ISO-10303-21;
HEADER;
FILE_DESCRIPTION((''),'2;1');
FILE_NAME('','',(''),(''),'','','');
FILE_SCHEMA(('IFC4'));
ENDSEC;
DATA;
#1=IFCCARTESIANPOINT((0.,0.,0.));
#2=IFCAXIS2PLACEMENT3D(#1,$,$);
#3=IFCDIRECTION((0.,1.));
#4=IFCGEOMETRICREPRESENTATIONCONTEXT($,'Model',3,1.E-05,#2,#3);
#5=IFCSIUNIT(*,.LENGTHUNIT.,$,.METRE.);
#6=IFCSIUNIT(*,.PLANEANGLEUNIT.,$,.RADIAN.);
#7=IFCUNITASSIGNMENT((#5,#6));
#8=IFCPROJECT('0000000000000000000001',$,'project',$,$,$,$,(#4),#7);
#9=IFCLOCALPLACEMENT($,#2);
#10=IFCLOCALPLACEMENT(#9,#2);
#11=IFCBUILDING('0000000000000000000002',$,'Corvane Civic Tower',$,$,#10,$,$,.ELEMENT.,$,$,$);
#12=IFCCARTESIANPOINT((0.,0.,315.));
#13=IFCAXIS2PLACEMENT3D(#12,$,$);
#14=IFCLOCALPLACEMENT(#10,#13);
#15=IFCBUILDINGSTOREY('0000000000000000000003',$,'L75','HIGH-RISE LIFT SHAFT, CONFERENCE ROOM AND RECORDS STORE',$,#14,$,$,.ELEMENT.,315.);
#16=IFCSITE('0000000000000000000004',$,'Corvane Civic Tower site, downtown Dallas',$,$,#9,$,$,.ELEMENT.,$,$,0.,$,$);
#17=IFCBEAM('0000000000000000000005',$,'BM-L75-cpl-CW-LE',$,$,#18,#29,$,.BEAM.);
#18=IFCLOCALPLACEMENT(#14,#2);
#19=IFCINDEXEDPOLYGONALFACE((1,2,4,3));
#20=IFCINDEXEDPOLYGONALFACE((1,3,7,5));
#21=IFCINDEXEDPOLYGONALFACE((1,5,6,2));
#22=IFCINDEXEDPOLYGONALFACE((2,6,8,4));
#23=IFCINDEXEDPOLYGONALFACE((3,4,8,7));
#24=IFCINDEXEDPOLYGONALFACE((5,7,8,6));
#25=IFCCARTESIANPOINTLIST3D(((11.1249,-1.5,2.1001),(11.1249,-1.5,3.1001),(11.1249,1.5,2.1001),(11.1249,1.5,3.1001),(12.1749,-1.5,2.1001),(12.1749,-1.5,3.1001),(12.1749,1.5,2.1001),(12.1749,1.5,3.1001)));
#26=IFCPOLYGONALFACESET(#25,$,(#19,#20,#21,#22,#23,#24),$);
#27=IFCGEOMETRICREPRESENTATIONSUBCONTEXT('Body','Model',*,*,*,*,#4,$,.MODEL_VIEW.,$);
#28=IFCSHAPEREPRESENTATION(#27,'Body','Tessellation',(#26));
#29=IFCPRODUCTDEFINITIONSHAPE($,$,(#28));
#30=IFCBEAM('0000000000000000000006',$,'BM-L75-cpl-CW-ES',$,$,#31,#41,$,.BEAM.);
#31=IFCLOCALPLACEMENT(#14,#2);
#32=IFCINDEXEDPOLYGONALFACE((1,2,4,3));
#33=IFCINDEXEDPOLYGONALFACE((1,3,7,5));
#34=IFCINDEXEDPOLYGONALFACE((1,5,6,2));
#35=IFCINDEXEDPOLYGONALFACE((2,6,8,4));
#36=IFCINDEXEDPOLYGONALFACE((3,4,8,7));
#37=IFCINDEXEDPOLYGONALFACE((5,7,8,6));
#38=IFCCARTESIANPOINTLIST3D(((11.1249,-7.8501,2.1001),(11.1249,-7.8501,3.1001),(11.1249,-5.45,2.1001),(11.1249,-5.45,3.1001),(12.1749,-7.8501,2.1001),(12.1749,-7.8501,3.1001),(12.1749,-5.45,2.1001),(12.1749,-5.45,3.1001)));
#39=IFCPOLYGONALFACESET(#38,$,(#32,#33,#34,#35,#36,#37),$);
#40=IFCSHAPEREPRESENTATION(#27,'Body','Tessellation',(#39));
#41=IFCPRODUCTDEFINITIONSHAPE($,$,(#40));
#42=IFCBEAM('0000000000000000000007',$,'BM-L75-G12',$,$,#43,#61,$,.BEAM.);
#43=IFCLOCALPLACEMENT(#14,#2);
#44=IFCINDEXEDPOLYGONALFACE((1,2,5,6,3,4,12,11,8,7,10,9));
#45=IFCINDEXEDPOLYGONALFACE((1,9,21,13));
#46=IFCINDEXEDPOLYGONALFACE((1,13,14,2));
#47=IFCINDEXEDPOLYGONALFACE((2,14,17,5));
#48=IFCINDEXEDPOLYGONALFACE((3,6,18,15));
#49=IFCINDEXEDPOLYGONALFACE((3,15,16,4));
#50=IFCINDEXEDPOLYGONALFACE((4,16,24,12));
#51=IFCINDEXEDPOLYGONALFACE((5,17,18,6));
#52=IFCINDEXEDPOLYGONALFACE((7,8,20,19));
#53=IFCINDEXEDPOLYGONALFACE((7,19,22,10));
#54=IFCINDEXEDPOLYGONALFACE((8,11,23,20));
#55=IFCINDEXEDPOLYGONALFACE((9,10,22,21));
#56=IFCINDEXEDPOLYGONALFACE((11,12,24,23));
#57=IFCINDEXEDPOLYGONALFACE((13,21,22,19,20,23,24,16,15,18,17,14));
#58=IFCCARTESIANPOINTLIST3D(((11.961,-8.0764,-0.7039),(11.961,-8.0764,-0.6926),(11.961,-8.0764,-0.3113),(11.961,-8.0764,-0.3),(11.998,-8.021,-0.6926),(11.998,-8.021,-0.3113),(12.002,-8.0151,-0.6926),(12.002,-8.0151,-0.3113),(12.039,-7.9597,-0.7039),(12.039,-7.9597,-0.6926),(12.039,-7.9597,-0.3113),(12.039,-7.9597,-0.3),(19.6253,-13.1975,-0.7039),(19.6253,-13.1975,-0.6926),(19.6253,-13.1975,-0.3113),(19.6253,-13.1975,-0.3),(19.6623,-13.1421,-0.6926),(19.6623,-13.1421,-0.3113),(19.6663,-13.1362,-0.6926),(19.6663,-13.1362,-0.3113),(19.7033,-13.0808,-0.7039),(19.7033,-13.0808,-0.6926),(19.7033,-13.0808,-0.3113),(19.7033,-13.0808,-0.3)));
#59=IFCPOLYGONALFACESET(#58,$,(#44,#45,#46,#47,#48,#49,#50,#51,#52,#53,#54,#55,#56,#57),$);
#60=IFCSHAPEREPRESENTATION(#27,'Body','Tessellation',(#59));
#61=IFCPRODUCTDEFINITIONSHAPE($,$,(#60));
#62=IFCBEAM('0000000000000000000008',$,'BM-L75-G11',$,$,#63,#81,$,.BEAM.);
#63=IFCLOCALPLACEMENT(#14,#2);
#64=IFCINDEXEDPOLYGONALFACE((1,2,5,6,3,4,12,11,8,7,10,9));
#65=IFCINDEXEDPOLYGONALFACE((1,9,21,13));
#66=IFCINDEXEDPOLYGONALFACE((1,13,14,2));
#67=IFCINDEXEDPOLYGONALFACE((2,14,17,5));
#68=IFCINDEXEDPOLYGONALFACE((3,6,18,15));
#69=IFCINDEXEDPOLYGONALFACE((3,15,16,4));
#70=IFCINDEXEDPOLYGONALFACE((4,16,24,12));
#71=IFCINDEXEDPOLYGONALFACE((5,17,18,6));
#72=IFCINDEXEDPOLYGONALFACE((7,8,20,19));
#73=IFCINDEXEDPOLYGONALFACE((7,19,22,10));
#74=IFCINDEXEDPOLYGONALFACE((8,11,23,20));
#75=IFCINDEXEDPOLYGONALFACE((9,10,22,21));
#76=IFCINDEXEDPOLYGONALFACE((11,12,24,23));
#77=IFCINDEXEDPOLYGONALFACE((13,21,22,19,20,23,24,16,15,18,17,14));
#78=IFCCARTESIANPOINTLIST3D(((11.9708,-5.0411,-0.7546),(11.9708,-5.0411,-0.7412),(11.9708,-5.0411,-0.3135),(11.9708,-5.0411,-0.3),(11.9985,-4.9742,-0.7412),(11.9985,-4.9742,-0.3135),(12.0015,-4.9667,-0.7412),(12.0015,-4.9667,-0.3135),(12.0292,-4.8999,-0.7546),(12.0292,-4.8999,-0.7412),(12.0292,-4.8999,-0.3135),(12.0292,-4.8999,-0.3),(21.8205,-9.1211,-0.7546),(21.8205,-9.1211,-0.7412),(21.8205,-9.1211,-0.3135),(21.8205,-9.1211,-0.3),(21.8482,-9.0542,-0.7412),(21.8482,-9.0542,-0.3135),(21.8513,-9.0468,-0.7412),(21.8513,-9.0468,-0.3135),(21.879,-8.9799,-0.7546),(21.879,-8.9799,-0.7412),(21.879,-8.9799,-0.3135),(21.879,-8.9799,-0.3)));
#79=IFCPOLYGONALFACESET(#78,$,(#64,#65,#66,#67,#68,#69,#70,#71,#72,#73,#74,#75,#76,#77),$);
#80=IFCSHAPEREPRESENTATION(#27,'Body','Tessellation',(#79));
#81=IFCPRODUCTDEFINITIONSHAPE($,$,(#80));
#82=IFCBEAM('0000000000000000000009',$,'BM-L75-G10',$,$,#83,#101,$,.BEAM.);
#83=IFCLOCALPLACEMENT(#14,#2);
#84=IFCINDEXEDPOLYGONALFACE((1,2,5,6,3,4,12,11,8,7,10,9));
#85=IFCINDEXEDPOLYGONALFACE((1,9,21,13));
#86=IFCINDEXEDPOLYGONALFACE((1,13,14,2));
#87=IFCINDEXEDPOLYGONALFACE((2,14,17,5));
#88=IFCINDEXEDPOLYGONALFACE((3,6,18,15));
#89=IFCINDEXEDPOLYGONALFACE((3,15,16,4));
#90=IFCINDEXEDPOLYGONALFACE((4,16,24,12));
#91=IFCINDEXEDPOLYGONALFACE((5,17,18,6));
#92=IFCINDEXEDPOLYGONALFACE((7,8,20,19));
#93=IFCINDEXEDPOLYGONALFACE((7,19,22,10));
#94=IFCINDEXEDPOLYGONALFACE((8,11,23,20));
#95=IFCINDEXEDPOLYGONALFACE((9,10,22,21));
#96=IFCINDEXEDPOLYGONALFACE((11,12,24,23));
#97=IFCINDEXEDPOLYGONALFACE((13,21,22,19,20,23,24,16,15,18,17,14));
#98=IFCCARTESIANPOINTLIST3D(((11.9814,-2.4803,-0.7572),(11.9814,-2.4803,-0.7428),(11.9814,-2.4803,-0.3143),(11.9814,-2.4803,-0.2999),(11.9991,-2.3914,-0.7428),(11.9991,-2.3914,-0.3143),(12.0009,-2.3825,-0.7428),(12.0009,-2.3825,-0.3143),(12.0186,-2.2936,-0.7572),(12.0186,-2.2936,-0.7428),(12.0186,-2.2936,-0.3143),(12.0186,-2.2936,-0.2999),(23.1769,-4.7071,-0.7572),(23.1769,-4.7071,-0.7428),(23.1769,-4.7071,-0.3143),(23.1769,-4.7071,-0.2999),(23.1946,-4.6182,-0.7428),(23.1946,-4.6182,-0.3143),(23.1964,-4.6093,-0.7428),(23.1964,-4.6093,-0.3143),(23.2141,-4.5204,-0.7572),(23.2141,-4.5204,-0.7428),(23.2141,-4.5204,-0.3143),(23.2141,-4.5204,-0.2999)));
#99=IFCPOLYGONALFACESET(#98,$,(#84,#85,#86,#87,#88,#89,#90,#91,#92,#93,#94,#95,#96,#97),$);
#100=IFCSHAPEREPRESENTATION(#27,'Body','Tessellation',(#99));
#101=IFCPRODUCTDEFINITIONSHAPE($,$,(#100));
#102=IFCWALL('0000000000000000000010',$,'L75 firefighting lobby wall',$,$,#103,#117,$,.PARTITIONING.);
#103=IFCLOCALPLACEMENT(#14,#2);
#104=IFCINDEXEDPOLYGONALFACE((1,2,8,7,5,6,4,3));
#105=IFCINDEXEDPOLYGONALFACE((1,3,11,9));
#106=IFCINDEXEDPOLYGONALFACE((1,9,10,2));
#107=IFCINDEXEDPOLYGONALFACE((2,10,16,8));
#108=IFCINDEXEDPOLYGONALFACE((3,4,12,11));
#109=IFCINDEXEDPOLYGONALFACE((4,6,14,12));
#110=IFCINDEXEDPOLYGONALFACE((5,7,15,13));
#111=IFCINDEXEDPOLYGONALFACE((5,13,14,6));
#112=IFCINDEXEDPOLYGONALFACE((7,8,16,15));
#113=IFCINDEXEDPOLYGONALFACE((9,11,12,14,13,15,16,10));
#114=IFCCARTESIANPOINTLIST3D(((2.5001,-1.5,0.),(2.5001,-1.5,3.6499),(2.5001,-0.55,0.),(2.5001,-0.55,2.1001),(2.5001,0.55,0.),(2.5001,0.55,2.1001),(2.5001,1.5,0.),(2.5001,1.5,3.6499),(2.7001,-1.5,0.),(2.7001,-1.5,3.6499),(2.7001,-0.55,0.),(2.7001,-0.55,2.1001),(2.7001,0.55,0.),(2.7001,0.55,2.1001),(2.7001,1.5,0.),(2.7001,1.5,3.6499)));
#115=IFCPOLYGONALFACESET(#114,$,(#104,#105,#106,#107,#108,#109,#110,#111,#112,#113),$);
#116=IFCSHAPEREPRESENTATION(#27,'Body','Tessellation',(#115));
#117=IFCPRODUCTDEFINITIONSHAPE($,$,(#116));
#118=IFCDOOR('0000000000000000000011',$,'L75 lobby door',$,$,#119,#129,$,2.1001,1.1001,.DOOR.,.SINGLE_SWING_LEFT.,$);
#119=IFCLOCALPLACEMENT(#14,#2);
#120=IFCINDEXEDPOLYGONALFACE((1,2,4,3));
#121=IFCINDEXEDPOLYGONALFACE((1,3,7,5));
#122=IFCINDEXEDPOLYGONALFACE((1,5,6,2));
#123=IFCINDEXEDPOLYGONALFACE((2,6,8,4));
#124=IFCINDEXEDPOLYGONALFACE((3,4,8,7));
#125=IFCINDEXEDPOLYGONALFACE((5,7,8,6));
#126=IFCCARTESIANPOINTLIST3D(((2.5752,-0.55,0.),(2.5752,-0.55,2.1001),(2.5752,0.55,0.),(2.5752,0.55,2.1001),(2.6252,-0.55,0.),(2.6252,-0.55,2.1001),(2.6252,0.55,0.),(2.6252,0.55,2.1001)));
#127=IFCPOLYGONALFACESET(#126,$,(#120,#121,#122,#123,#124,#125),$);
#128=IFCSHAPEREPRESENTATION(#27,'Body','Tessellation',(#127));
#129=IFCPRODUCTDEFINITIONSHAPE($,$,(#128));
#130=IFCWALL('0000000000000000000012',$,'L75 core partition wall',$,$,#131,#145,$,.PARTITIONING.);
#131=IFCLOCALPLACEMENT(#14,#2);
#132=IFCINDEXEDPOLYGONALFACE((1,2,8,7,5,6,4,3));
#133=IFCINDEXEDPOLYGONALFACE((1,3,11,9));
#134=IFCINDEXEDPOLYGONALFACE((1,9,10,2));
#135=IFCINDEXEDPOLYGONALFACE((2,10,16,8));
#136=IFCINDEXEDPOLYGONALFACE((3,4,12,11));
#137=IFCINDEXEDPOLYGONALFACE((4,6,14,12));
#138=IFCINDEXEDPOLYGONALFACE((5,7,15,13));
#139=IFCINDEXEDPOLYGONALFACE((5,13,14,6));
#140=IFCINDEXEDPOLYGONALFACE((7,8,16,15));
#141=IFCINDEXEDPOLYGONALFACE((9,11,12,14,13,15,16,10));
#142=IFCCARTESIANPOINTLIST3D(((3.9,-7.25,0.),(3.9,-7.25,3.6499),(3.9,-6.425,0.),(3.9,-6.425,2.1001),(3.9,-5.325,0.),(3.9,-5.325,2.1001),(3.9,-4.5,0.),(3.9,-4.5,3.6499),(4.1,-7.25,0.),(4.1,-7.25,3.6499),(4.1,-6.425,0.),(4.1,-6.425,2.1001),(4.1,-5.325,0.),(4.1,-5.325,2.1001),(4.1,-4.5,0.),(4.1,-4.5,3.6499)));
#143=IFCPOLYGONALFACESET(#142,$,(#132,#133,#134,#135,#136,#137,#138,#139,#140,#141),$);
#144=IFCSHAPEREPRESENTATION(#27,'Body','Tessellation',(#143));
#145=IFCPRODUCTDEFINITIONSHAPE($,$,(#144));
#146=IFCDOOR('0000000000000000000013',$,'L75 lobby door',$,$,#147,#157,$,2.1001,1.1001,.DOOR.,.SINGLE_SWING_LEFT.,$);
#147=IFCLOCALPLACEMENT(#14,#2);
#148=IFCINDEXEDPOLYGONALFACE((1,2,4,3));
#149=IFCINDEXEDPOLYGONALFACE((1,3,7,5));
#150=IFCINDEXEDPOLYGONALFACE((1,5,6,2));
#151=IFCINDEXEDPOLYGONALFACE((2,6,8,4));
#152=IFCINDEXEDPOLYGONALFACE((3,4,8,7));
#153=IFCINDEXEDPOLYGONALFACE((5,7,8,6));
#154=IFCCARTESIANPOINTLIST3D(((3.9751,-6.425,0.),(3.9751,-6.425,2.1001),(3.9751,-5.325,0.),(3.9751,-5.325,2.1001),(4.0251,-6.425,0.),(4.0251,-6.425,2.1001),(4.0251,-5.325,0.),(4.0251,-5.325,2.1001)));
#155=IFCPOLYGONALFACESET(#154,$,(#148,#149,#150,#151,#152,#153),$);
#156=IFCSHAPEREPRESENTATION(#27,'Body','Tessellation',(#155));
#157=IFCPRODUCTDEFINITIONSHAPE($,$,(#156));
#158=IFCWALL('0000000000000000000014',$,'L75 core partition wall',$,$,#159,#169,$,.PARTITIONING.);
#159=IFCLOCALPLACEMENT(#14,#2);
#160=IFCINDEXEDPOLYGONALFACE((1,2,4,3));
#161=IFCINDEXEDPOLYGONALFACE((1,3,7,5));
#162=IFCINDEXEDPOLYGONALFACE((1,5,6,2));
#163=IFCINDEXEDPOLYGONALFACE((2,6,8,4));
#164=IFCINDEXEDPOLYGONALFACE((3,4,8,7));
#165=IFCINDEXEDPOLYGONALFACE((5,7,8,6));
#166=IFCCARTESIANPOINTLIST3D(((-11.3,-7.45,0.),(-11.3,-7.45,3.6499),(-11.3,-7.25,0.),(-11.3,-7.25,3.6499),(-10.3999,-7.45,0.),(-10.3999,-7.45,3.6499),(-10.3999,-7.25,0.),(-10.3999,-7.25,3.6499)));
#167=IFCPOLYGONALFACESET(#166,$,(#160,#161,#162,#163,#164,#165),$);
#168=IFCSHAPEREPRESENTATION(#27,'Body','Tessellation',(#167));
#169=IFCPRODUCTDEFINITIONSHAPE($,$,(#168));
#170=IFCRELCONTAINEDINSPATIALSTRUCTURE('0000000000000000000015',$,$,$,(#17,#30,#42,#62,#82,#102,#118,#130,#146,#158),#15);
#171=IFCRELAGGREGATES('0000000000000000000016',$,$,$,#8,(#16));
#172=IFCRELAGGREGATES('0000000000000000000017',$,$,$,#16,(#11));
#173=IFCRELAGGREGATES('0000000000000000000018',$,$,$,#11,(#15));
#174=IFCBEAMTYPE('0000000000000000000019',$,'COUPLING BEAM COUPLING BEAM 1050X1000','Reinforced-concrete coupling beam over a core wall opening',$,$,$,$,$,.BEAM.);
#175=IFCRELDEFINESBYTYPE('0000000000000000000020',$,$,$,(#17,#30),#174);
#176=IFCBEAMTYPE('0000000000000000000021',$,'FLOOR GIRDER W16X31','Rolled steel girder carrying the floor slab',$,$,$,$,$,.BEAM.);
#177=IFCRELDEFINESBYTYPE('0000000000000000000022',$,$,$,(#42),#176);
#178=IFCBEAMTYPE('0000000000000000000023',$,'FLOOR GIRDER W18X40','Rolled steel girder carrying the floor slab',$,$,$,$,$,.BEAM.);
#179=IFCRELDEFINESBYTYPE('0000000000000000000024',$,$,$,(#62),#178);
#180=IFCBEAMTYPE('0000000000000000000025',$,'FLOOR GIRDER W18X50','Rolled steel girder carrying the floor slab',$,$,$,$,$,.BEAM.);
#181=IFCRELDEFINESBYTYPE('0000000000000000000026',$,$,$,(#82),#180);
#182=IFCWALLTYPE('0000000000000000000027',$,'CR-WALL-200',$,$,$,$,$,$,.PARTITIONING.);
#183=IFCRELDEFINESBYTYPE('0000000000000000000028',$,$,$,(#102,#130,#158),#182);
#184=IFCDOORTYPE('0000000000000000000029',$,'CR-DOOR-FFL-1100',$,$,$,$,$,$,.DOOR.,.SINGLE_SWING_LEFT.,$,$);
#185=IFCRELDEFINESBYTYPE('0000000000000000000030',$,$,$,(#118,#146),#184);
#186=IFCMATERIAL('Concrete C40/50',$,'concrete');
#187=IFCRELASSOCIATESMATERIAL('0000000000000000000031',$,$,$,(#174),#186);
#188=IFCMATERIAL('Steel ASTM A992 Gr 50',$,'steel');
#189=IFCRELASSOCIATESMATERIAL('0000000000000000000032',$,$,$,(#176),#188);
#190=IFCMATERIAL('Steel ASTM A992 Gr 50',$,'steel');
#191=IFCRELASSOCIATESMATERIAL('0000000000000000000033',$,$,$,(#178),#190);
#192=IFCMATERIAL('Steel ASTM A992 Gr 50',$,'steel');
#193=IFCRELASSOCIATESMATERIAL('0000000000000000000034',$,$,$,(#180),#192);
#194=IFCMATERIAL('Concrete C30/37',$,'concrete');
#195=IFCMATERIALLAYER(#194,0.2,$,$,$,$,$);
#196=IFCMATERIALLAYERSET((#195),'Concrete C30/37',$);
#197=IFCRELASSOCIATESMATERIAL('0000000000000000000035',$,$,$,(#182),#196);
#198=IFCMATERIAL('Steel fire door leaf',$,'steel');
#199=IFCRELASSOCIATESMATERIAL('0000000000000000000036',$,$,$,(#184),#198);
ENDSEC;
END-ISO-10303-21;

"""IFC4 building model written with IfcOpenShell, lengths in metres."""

from ifc_helpers import new_model, si_unit, direction, frame, frame_2d, origin, origin_2d, place, context, subcontext, project, spatial, polyline, rectangle, i_section, outline, extrude, material, layer, layer_set, material_profile, profile_set, type_object, element, fill, save


model = new_model("IFC4")

# Units and contexts
model_context = context("Model", 3, precision=1e-05, world=origin(), true_north=direction((0.0, 1.0)))
body_context = subcontext(model_context, "Body", "Model", "MODEL_VIEW")
ifc_project = project(units=[si_unit("LENGTHUNIT", "METRE"), si_unit("PLANEANGLEUNIT", "RADIAN")], contexts=[model_context])

# Site, building, storey
site_placement = place(None, origin())
site = spatial("IfcSite", under=ifc_project, at=site_placement, Name="Corvane Civic Tower site, downtown Dallas", CompositionType="ELEMENT", RefElevation=0.0)
building_placement = place(site_placement, origin())
building = spatial("IfcBuilding", under=site, at=building_placement, Name="Corvane Civic Tower", CompositionType="ELEMENT")
storey_placement = place(building_placement, frame((0.0, 0.0, 315.0)))
storey = spatial("IfcBuildingStorey", under=building, at=storey_placement, Name="L75", Description="HIGH-RISE LIFT SHAFT, CONFERENCE ROOM AND RECORDS STORE", CompositionType="ELEMENT", Elevation=315.0)

# Beams
ifc_material_1 = material(Name="Concrete C40/50", Category="concrete")
ifc_material_profile_1 = material_profile(ifc_material_1, rectangle(XDim=1.05, YDim=1.0, at=origin_2d()), Name="COUPLING BEAM 1050X1000")
ifc_profile_set_1 = profile_set([ifc_material_profile_1], Name="Concrete C40/50")
beam_type_1 = type_object("IfcBeamType", Name="COUPLING BEAM COUPLING BEAM 1050X1000", Description="Reinforced-concrete coupling beam over a core wall opening", PredefinedType="BEAM", material=ifc_profile_set_1)
beam_1_placement = place(storey_placement, frame((11.6499, -1.5, 2.6001), z_axis=(0.0, 1.0, 0.0), x_axis=(-1.0, 0.0, 0.0)))
element("IfcBeam", 1, at=beam_1_placement, inside=storey, type_object=beam_type_1, Name="BM-L75-cpl-CW-LE", PredefinedType="BEAM", context=body_context, shape_type="SweptSolid", body=[
    extrude(rectangle(XDim=1.05, YDim=1.0, at=origin_2d()), origin(), (0.0, 0.0, 1.0), 3.0),
])
beam_2_placement = place(storey_placement, frame((11.6499, -7.8501, 2.6001), z_axis=(0.0, 1.0, 0.0), x_axis=(-1.0, 0.0, 0.0)))
element("IfcBeam", 2, at=beam_2_placement, inside=storey, type_object=beam_type_1, Name="BM-L75-cpl-CW-ES", PredefinedType="BEAM", context=body_context, shape_type="SweptSolid", body=[
    extrude(rectangle(XDim=1.05, YDim=1.0, at=origin_2d()), origin(), (0.0, 0.0, 1.0), 2.4001),
])
ifc_material_2 = material(Name="Steel ASTM A992 Gr 50", Category="steel")
ifc_material_profile_2 = material_profile(ifc_material_2, i_section(OverallWidth=0.1404, OverallDepth=0.4038, WebThickness=0.0071, FlangeThickness=0.0112, at=origin_2d()), Name="W16X31")
ifc_profile_set_2 = profile_set([ifc_material_profile_2], Name="Steel ASTM A992 Gr 50")
beam_type_2 = type_object("IfcBeamType", Name="FLOOR GIRDER W16X31", Description="Rolled steel girder carrying the floor slab", PredefinedType="BEAM", material=ifc_profile_set_2)
beam_3_placement = place(storey_placement, frame((12.0, -8.0181, -0.502), z_axis=(0.831471, -0.555568, 0.0), x_axis=(0.555568, 0.831471, 0.0)))
element("IfcBeam", 3, at=beam_3_placement, inside=storey, type_object=beam_type_2, Name="BM-L75-G12", PredefinedType="BEAM", context=body_context, shape_type="SweptSolid", body=[
    extrude(i_section(OverallWidth=0.1404, OverallDepth=0.4038, WebThickness=0.0071, FlangeThickness=0.0112, at=origin_2d()), origin(), (0.0, 0.0, 1.0), 9.2178),
])
ifc_material_3 = material(Name="Steel ASTM A992 Gr 50", Category="steel")
ifc_material_profile_3 = material_profile(ifc_material_3, i_section(OverallWidth=0.1528, OverallDepth=0.4546, WebThickness=0.0081, FlangeThickness=0.0134, at=origin_2d()), Name="W18X40")
ifc_profile_set_3 = profile_set([ifc_material_profile_3], Name="Steel ASTM A992 Gr 50")
beam_type_3 = type_object("IfcBeamType", Name="FLOOR GIRDER W18X40", Description="Rolled steel girder carrying the floor slab", PredefinedType="BEAM", material=ifc_profile_set_3)
beam_4_placement = place(storey_placement, frame((12.0, -4.9705, -0.5273), z_axis=(0.923875, -0.382694, 0.0), x_axis=(0.382694, 0.923875, 0.0)))
element("IfcBeam", 4, at=beam_4_placement, inside=storey, type_object=beam_type_3, Name="BM-L75-G11", PredefinedType="BEAM", context=body_context, shape_type="SweptSolid", body=[
    extrude(i_section(OverallWidth=0.1528, OverallDepth=0.4546, WebThickness=0.0081, FlangeThickness=0.0134, at=origin_2d()), origin(), (0.0, 0.0, 1.0), 10.6614),
])
ifc_material_4 = material(Name="Steel ASTM A992 Gr 50", Category="steel")
ifc_material_profile_4 = material_profile(ifc_material_4, i_section(OverallWidth=0.1904, OverallDepth=0.4573, WebThickness=0.009, FlangeThickness=0.0144, at=origin_2d()), Name="W18X50")
ifc_profile_set_4 = profile_set([ifc_material_profile_4], Name="Steel ASTM A992 Gr 50")
beam_type_4 = type_object("IfcBeamType", Name="FLOOR GIRDER W18X50", Description="Rolled steel girder carrying the floor slab", PredefinedType="BEAM", material=ifc_profile_set_4)
beam_5_placement = place(storey_placement, frame((12.0, -2.387, -0.5286), z_axis=(0.980787, -0.19508, 0.0), x_axis=(0.19508, 0.980787, 0.0)))
element("IfcBeam", 5, at=beam_5_placement, inside=storey, type_object=beam_type_4, Name="BM-L75-G10", PredefinedType="BEAM", context=body_context, shape_type="SweptSolid", body=[
    extrude(i_section(OverallWidth=0.1904, OverallDepth=0.4573, WebThickness=0.009, FlangeThickness=0.0144, at=origin_2d()), origin(), (0.0, 0.0, 1.0), 11.4148),
])

# Walls, openings, doors
ifc_material_5 = material(Name="Concrete C30/37", Category="concrete")
ifc_layer_1 = layer(ifc_material_5, 0.2)
ifc_layer_set_1 = layer_set([ifc_layer_1], Name="Concrete C30/37")
wall_type_1 = type_object("IfcWallType", Name="CR-WALL-200", PredefinedType="PARTITIONING", material=ifc_layer_set_1)
wall_1_placement = place(storey_placement, frame((2.6001, -1.5, 0.0), z_axis=(0.0, 0.0, 1.0), x_axis=(0.0, 1.0, 0.0)))
wall_1 = element("IfcWall", 6, at=wall_1_placement, inside=storey, type_object=wall_type_1, Name="L75 firefighting lobby wall", PredefinedType="PARTITIONING", context=body_context, shape_type="SweptSolid", body=[
    extrude(rectangle(XDim=3.0, YDim=0.2, at=frame_2d((1.5, 0.0))), origin(), (0.0, 0.0, 1.0), 3.6499),
])
opening_1_placement = place(wall_1_placement, frame((0.95, 0.0, 0.0)))
opening_1 = element("IfcOpeningElement", 7, at=opening_1_placement, cuts=wall_1, PredefinedType="OPENING", context=body_context, shape_type="SweptSolid", body=[
    extrude(rectangle(XDim=1.1001, YDim=2.1001, at=frame_2d((0.55, 1.05))), frame((0.0, 0.1099, 0.0), z_axis=(0.0, -1.0, 0.0), x_axis=(1.0, 0.0, 0.0)), (0.0, 0.0, 1.0), 0.22),
])
ifc_material_6 = material(Name="Steel fire door leaf", Category="steel")
door_type_1 = type_object("IfcDoorType", Name="CR-DOOR-FFL-1100", OperationType="SINGLE_SWING_LEFT", PredefinedType="DOOR", material=ifc_material_6)
door_1_placement = place(opening_1_placement, origin())
door_1 = element("IfcDoor", 8, at=door_1_placement, inside=storey, type_object=door_type_1, Name="L75 lobby door", OperationType="SINGLE_SWING_LEFT", OverallHeight=2.1001, OverallWidth=1.1001, PredefinedType="DOOR", context=body_context, shape_type="SweptSolid", body=[
    extrude(rectangle(XDim=1.1001, YDim=2.1001, at=frame_2d((0.55, 1.05))), frame((0.0, 0.0249, 0.0), z_axis=(0.0, -1.0, 0.0), x_axis=(1.0, 0.0, 0.0)), (0.0, 0.0, 1.0), 0.05),
])
fill(opening_1, door_1)
wall_2_placement = place(storey_placement, frame((4.0, -7.25, 0.0), z_axis=(0.0, 0.0, 1.0), x_axis=(0.0, 1.0, 0.0)))
wall_2 = element("IfcWall", 9, at=wall_2_placement, inside=storey, type_object=wall_type_1, Name="L75 core partition wall", PredefinedType="PARTITIONING", context=body_context, shape_type="SweptSolid", body=[
    extrude(rectangle(XDim=2.75, YDim=0.2, at=frame_2d((1.375, 0.0))), origin(), (0.0, 0.0, 1.0), 3.6499),
])
opening_2_placement = place(wall_2_placement, frame((0.825, 0.0, 0.0)))
opening_2 = element("IfcOpeningElement", 10, at=opening_2_placement, cuts=wall_2, PredefinedType="OPENING", context=body_context, shape_type="SweptSolid", body=[
    extrude(rectangle(XDim=1.1001, YDim=2.1001, at=frame_2d((0.55, 1.05))), frame((0.0, 0.1099, 0.0), z_axis=(0.0, -1.0, 0.0), x_axis=(1.0, 0.0, 0.0)), (0.0, 0.0, 1.0), 0.22),
])
door_2_placement = place(opening_2_placement, origin())
door_2 = element("IfcDoor", 11, at=door_2_placement, inside=storey, type_object=door_type_1, Name="L75 lobby door", OperationType="SINGLE_SWING_LEFT", OverallHeight=2.1001, OverallWidth=1.1001, PredefinedType="DOOR", context=body_context, shape_type="SweptSolid", body=[
    extrude(rectangle(XDim=1.1001, YDim=2.1001, at=frame_2d((0.55, 1.05))), frame((0.0, 0.0249, 0.0), z_axis=(0.0, -1.0, 0.0), x_axis=(1.0, 0.0, 0.0)), (0.0, 0.0, 1.0), 0.05),
])
fill(opening_2, door_2)

# Wall
wall_3_placement = place(storey_placement, origin())
element("IfcWall", 12, at=wall_3_placement, inside=storey, type_object=wall_type_1, Name="L75 core partition wall", PredefinedType="PARTITIONING", context=body_context, shape_type="SweptSolid", body=[
    extrude(outline(polyline([(-10.3999, -7.45), (-11.3, -7.45), (-11.3, -7.25), (-10.3999, -7.25), (-10.3999, -7.45)])), origin(), (0.0, 0.0, 1.0), 3.6499),
])

save(model, "model.ifc")
